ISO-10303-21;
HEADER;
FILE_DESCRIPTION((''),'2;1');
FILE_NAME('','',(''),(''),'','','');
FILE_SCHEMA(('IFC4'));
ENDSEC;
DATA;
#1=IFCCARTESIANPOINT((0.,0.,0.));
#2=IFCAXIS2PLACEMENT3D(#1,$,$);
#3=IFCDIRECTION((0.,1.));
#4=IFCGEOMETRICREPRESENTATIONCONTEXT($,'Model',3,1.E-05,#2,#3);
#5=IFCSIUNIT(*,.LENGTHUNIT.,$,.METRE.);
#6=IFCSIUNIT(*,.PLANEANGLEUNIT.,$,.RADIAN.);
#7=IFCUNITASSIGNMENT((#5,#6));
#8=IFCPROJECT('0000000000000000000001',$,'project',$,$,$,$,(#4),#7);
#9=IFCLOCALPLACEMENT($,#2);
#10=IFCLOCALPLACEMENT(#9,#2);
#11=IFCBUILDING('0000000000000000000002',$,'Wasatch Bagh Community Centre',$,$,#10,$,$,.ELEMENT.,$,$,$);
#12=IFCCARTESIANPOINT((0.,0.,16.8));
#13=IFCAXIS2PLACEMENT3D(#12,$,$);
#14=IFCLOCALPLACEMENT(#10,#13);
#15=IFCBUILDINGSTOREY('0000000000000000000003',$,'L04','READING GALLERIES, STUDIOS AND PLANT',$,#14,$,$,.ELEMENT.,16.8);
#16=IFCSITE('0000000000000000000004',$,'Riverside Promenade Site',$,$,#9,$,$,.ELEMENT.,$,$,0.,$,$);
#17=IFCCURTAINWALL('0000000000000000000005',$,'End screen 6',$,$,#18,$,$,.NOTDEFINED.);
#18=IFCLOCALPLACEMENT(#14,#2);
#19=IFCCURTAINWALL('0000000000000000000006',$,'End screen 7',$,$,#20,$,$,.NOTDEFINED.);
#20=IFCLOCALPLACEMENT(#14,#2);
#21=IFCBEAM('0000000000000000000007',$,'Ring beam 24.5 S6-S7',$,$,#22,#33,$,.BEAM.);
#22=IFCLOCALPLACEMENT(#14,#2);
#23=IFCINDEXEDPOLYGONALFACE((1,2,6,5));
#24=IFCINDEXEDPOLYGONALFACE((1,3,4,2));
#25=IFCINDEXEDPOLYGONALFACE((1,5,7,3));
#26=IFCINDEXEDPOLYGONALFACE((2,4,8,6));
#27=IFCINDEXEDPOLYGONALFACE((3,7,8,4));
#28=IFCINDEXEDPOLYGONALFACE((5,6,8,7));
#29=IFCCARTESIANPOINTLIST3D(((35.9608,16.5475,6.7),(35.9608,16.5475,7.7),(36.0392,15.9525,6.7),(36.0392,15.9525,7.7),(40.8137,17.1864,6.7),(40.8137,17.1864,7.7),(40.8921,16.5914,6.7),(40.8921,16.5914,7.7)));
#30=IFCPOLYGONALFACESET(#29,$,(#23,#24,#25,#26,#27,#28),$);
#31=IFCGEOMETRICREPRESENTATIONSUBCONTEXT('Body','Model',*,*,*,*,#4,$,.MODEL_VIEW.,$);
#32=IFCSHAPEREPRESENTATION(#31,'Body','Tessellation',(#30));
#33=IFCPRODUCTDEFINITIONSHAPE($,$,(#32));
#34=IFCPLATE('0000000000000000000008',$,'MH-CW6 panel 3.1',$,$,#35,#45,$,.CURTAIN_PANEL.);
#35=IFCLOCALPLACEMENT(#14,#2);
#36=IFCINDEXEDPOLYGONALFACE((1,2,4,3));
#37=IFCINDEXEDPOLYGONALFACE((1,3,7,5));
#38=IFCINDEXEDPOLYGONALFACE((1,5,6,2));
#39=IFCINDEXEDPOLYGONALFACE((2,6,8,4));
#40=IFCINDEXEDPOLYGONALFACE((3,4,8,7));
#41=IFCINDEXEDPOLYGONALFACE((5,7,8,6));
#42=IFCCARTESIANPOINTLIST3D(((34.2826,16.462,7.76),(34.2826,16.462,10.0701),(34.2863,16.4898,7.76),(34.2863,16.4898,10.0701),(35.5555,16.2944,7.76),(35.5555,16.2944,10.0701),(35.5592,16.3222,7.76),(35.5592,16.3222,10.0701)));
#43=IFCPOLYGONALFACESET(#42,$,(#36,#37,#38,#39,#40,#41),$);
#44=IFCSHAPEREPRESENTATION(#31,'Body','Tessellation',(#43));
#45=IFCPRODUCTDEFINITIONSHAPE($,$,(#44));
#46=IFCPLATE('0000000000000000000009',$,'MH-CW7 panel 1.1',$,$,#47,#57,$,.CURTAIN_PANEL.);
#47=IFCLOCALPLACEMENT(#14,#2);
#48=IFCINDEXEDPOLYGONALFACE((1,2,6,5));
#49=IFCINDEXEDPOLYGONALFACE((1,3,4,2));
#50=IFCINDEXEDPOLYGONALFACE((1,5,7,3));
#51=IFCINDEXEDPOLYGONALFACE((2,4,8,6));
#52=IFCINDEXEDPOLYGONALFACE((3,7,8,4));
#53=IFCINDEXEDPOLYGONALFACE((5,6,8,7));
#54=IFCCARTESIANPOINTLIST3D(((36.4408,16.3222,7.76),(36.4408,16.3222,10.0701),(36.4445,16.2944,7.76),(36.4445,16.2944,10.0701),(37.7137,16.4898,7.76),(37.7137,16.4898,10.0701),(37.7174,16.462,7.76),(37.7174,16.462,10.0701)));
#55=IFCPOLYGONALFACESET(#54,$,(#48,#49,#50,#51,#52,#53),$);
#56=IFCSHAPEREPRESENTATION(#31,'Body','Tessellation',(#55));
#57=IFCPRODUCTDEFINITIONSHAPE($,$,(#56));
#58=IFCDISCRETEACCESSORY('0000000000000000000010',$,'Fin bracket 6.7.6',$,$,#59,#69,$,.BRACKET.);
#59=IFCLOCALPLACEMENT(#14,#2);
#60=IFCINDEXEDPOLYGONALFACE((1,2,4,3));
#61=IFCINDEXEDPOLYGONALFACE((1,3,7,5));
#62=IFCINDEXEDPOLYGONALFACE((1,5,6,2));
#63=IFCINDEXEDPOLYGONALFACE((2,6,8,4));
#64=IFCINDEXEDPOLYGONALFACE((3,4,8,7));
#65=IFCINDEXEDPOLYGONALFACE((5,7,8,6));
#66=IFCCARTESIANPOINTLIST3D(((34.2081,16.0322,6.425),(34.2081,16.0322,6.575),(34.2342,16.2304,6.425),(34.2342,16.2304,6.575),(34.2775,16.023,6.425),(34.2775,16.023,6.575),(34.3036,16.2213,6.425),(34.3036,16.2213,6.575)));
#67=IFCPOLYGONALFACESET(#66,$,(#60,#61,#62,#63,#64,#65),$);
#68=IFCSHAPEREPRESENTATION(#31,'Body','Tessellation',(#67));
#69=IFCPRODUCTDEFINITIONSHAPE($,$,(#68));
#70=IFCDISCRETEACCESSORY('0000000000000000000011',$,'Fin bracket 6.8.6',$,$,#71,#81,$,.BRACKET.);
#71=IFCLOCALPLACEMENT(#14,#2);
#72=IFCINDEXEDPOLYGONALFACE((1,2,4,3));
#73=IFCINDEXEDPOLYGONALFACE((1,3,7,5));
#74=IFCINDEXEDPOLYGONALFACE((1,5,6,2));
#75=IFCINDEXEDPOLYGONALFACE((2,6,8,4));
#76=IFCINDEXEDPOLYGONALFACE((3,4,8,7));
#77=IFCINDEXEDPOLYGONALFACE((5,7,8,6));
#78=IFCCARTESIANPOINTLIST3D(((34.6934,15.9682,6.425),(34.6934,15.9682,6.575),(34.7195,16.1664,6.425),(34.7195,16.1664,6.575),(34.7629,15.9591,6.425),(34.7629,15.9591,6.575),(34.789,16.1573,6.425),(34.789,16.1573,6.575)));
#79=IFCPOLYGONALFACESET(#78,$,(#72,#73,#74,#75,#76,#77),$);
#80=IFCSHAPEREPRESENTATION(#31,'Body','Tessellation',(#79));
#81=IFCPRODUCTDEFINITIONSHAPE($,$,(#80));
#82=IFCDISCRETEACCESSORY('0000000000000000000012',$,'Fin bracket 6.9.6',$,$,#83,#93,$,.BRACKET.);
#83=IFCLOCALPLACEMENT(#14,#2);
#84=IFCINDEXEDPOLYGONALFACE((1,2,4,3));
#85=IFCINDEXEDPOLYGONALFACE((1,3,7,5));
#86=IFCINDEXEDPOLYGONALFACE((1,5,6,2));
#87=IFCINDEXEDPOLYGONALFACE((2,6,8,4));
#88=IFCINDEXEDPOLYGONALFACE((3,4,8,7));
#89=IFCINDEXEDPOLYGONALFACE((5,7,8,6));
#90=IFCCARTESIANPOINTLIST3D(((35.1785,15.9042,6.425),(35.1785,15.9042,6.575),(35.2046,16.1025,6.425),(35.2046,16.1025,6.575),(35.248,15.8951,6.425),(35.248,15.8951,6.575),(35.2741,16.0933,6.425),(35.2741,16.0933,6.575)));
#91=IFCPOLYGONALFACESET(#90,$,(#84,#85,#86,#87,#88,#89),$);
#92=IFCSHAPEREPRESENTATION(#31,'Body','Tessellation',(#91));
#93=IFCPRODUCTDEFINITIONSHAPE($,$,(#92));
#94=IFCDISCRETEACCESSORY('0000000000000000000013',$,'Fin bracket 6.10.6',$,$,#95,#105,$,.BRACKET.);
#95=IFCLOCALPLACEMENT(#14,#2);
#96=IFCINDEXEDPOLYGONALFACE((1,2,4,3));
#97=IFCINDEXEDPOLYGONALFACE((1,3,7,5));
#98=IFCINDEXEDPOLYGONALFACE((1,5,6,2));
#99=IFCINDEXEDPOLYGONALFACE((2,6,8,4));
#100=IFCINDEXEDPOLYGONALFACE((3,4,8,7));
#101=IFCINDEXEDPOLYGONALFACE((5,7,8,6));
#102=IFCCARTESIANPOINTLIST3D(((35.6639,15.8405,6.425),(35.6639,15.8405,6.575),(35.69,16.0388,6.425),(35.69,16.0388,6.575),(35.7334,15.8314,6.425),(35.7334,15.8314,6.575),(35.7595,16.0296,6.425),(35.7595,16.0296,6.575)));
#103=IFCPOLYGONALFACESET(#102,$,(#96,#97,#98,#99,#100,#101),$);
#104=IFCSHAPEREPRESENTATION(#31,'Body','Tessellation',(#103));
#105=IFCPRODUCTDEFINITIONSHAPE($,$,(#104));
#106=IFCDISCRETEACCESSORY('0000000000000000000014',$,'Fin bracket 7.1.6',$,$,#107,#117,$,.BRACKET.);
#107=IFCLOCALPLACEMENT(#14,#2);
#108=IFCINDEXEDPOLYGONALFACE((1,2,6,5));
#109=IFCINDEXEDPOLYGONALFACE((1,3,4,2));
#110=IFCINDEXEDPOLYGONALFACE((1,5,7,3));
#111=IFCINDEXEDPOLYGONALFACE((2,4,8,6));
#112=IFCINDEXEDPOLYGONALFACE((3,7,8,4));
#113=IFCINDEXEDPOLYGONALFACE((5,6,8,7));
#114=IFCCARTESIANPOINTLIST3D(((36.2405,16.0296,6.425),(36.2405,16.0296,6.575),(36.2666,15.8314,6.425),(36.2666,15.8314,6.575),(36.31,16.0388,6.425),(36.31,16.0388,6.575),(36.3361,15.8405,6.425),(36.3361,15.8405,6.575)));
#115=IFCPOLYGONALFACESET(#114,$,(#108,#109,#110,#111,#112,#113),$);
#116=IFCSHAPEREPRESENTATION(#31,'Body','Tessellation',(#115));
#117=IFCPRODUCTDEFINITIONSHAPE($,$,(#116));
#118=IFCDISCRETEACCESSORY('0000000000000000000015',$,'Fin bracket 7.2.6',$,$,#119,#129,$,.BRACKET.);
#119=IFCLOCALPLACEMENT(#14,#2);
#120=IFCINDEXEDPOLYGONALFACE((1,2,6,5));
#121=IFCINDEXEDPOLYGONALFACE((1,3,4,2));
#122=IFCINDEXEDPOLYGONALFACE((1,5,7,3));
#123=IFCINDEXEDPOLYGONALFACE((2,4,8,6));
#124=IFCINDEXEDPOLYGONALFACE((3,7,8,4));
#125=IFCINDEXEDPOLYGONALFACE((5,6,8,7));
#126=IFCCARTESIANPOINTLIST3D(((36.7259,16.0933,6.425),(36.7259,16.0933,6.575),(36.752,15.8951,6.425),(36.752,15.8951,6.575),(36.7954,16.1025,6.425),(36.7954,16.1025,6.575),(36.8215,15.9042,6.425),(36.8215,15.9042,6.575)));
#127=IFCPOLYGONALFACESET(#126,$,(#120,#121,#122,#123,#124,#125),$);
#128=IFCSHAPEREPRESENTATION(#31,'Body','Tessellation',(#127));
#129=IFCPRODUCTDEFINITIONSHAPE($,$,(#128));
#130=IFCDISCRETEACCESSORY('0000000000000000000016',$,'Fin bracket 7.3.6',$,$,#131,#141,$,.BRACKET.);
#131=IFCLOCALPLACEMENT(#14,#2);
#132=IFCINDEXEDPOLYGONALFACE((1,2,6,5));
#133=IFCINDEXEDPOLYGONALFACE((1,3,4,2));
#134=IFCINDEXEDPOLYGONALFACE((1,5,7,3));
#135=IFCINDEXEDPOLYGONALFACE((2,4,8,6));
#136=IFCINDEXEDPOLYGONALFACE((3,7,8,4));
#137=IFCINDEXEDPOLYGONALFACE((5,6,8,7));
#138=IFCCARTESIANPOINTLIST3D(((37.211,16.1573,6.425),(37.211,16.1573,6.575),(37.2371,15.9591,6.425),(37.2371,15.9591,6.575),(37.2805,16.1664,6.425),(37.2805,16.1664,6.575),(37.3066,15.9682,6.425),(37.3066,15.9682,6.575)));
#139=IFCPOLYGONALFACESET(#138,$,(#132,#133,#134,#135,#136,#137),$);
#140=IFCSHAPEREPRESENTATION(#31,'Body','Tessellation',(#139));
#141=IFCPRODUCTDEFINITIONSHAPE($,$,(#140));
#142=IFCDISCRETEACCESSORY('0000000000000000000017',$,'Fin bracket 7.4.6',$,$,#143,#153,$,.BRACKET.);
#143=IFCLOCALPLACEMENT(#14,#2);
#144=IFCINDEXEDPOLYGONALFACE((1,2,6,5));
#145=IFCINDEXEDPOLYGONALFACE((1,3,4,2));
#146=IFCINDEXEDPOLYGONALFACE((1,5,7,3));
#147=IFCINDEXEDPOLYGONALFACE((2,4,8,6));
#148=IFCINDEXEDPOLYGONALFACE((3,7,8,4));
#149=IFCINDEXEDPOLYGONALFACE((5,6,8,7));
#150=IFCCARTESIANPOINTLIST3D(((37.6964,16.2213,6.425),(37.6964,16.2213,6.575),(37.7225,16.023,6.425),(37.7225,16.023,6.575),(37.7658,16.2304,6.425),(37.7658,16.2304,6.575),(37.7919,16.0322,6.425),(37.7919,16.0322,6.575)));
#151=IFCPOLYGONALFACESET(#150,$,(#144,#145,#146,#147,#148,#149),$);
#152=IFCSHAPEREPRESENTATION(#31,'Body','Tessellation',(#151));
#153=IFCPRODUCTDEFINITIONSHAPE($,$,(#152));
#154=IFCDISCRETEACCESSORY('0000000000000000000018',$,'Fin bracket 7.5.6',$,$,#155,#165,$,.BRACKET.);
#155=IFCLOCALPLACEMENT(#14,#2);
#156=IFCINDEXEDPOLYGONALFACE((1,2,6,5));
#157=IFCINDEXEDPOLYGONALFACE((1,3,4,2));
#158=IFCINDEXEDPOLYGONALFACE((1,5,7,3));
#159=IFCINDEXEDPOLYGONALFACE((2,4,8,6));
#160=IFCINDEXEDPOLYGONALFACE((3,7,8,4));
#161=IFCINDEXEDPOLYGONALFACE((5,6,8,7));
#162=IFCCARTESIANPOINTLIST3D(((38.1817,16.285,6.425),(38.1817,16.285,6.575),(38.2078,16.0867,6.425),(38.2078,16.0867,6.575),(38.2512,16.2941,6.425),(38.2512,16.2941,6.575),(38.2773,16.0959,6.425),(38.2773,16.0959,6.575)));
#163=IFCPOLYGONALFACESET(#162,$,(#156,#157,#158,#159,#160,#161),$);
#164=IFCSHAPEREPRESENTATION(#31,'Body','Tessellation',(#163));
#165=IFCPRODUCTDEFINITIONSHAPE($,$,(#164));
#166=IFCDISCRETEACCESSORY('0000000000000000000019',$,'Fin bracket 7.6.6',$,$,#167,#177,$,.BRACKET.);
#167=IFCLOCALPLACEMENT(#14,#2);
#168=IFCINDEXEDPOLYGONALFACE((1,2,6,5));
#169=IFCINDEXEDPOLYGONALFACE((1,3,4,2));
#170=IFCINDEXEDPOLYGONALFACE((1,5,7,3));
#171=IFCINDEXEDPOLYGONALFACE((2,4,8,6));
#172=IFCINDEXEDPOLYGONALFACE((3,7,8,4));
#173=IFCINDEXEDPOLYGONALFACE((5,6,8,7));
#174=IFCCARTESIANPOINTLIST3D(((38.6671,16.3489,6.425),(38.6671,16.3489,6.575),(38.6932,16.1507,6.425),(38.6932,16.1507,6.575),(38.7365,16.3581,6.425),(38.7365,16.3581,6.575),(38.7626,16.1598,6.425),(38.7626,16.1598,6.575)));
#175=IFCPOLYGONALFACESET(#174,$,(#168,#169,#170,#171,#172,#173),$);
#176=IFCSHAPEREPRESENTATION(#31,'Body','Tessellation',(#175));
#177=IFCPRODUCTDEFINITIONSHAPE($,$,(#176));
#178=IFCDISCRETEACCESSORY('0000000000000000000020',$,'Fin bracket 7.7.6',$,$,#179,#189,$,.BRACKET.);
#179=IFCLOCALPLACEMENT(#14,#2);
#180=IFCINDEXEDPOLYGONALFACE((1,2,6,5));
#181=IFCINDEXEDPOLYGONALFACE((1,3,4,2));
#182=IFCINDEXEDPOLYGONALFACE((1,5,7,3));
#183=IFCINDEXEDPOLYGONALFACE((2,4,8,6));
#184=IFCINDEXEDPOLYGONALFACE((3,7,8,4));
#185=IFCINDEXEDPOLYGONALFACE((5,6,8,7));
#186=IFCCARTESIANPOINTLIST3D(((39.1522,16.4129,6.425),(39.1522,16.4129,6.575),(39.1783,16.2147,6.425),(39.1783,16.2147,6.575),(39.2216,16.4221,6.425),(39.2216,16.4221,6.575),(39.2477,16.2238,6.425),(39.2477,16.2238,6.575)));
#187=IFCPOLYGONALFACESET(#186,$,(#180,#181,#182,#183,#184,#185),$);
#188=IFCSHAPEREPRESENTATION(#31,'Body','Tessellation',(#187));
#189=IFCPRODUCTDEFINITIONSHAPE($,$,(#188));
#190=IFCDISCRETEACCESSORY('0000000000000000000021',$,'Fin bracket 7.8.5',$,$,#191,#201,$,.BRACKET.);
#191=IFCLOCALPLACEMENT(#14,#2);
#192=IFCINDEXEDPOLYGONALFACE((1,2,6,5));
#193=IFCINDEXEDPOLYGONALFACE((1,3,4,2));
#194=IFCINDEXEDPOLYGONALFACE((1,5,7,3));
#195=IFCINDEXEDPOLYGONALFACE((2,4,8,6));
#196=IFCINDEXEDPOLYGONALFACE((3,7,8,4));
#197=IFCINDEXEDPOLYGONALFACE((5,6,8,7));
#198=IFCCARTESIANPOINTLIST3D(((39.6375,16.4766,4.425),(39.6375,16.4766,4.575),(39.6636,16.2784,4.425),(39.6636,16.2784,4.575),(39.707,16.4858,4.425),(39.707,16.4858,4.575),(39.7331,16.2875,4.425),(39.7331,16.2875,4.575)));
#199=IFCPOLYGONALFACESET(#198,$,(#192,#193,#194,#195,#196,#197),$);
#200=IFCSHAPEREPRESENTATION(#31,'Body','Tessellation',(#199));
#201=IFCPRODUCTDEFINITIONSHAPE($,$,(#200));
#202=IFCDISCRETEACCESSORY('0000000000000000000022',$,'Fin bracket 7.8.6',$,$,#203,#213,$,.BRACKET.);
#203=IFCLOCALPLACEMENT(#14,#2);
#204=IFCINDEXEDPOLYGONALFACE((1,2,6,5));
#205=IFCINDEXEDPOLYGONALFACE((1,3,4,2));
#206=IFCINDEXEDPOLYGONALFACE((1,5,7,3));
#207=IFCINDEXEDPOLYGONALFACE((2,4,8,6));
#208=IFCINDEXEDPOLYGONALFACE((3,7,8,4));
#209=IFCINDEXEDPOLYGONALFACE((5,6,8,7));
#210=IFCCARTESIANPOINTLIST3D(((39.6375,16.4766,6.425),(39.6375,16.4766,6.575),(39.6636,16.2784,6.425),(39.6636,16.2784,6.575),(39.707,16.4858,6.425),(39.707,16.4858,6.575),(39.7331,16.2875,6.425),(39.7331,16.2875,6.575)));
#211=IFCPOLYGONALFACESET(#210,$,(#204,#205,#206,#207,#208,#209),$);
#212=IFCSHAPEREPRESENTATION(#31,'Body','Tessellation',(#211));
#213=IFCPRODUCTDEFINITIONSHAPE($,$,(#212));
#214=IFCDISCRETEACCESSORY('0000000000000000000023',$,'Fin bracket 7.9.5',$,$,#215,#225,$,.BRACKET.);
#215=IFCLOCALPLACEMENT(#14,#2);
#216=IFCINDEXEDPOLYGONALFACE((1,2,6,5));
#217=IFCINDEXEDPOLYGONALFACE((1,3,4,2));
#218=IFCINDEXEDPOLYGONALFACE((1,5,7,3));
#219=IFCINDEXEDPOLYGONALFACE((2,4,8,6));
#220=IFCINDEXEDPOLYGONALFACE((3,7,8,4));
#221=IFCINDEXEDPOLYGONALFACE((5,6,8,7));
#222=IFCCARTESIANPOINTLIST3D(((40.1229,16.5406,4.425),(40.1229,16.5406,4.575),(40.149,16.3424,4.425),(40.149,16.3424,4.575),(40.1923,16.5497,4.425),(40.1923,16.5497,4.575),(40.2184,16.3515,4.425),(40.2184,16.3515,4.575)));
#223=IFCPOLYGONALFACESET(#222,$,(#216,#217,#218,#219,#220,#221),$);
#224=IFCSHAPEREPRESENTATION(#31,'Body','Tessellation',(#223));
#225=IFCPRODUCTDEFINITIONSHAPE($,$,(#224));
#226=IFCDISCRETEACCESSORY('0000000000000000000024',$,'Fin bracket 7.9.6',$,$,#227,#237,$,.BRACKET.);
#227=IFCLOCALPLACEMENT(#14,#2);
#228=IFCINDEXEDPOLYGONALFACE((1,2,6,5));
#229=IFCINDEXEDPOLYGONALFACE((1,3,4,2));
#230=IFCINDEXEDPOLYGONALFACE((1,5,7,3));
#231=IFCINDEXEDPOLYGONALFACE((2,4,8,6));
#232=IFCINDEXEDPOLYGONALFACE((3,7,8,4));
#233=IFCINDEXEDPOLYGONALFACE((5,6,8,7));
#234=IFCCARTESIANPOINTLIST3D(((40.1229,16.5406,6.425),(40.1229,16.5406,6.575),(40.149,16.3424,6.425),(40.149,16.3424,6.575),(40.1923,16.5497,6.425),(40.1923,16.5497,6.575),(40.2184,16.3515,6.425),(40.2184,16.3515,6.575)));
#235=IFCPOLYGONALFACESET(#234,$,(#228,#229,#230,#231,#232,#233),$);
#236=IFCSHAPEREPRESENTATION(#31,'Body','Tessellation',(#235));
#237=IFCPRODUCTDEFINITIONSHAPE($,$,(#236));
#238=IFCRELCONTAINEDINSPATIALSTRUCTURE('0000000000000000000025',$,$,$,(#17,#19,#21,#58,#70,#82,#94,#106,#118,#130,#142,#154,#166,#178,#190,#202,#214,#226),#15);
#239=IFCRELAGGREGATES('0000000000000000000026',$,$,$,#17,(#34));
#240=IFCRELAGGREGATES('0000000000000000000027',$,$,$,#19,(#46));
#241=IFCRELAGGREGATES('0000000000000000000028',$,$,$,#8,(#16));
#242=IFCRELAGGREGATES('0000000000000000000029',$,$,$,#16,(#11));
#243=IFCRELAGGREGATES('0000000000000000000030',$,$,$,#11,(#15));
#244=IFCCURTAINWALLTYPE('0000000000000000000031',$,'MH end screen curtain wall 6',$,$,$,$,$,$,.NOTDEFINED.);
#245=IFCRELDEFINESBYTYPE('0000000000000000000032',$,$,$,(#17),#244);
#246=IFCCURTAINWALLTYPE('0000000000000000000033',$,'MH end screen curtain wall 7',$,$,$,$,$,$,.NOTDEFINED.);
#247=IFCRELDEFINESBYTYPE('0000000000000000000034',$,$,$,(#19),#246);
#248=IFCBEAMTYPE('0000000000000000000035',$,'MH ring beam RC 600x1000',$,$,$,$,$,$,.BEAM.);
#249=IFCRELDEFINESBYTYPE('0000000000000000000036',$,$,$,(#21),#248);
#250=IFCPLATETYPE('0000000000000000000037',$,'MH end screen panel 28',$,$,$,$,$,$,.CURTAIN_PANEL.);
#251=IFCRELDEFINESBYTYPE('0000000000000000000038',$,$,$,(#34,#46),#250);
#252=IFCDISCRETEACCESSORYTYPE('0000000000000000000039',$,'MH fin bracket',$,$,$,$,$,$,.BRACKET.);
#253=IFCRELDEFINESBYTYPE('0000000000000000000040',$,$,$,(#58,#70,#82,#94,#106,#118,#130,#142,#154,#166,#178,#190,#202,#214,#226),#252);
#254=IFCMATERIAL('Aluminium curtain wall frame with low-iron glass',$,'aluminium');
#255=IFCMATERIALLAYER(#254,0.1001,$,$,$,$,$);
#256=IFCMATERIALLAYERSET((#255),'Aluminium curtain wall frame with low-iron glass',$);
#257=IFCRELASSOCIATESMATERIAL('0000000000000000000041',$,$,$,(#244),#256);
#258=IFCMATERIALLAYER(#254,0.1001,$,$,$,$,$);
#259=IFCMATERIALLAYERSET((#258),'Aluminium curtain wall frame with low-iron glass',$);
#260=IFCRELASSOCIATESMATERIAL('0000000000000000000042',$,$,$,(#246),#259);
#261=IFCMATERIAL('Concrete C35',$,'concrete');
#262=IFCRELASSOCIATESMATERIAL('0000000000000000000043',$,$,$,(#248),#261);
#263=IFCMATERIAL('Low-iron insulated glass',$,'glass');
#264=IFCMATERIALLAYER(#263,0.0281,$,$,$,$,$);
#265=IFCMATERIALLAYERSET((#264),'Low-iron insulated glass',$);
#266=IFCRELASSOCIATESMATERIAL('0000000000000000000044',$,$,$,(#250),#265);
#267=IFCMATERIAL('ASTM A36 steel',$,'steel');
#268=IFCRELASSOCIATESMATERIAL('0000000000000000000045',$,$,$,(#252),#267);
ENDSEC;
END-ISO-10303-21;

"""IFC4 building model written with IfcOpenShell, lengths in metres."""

from ifc_helpers import new_model, si_unit, direction, frame, origin, origin_2d, place, context, subcontext, project, spatial, rectangle, extrude, material, layer, layer_set, material_profile, profile_set, type_object, element, aggregate, save


model = new_model("IFC4")

# Units and contexts
model_context = context("Model", 3, precision=1e-05, world=origin(), true_north=direction((0.0, 1.0)))
body_context = subcontext(model_context, "Body", "Model", "MODEL_VIEW")
ifc_project = project(units=[si_unit("LENGTHUNIT", "METRE"), si_unit("PLANEANGLEUNIT", "RADIAN")], contexts=[model_context])

# Site, building, storey
site_placement = place(None, origin())
site = spatial("IfcSite", under=ifc_project, at=site_placement, Name="Riverside Promenade Site", CompositionType="ELEMENT", RefElevation=0.0)
building_placement = place(site_placement, origin())
building = spatial("IfcBuilding", under=site, at=building_placement, Name="Wasatch Bagh Community Centre", CompositionType="ELEMENT")
storey_placement = place(building_placement, frame((0.0, 0.0, 16.8)))
storey = spatial("IfcBuildingStorey", under=building, at=storey_placement, Name="L04", Description="READING GALLERIES, STUDIOS AND PLANT", CompositionType="ELEMENT", Elevation=16.8)

# Curtain walls
ifc_material_1 = material(Name="Aluminium curtain wall frame with low-iron glass", Category="aluminium")
ifc_layer_1 = layer(ifc_material_1, 0.1001)
ifc_layer_set_1 = layer_set([ifc_layer_1], Name="Aluminium curtain wall frame with low-iron glass")
curtain_wall_type_1 = type_object("IfcCurtainWallType", Name="MH end screen curtain wall 6", PredefinedType="NOTDEFINED", material=ifc_layer_set_1)
curtain_wall_1_placement = place(storey_placement, origin())
curtain_wall_1 = element("IfcCurtainWall", 1, at=curtain_wall_1_placement, inside=storey, type_object=curtain_wall_type_1, Name="End screen 6", PredefinedType="NOTDEFINED")
ifc_layer_2 = layer(ifc_material_1, 0.1001)
ifc_layer_set_2 = layer_set([ifc_layer_2], Name="Aluminium curtain wall frame with low-iron glass")
curtain_wall_type_2 = type_object("IfcCurtainWallType", Name="MH end screen curtain wall 7", PredefinedType="NOTDEFINED", material=ifc_layer_set_2)
curtain_wall_2_placement = place(storey_placement, origin())
curtain_wall_2 = element("IfcCurtainWall", 2, at=curtain_wall_2_placement, inside=storey, type_object=curtain_wall_type_2, Name="End screen 7", PredefinedType="NOTDEFINED")

# Beam
ifc_material_2 = material(Name="Concrete C35", Category="concrete")
ifc_material_profile_1 = material_profile(ifc_material_2, rectangle(XDim=0.6001, YDim=1.0, at=origin_2d()), Name="RC 600x1000")
ifc_profile_set_1 = profile_set([ifc_material_profile_1], Name="Concrete C35")
beam_type = type_object("IfcBeamType", Name="MH ring beam RC 600x1000", PredefinedType="BEAM", material=ifc_profile_set_1)
beam_placement = place(storey_placement, frame((36.0, 16.25, 7.2), z_axis=(0.991444, 0.130533, 0.0), x_axis=(-0.130533, 0.991444, 0.0)))
element("IfcBeam", 3, at=beam_placement, inside=storey, type_object=beam_type, Name="Ring beam 24.5 S6-S7", PredefinedType="BEAM", context=body_context, shape_type="SweptSolid", body=[
    extrude(rectangle(XDim=0.6001, YDim=1.0, at=origin_2d()), origin(), (0.0, 0.0, 1.0), 4.8948),
])

# Plates
ifc_material_3 = material(Name="Low-iron insulated glass", Category="glass")
ifc_layer_3 = layer(ifc_material_3, 0.0281)
ifc_layer_set_3 = layer_set([ifc_layer_3], Name="Low-iron insulated glass")
plate_type = type_object("IfcPlateType", Name="MH end screen panel 28", PredefinedType="CURTAIN_PANEL", material=ifc_layer_set_3)
plate_1_placement = place(storey_placement, frame((34.9209, 16.3921, 7.76), z_axis=(0.0, 0.0, 1.0), x_axis=(0.991445, -0.130526, 0.0)))
plate_1 = element("IfcPlate", 4, at=plate_1_placement, type_object=plate_type, Name="MH-CW6 panel 3.1", PredefinedType="CURTAIN_PANEL", context=body_context, shape_type="SweptSolid", body=[
    extrude(rectangle(XDim=1.2839, YDim=0.0281, at=origin_2d()), origin(), (0.0, 0.0, 1.0), 2.3101),
])
aggregate(curtain_wall_1, [plate_1])
plate_2_placement = place(storey_placement, frame((37.0791, 16.3921, 7.76), z_axis=(0.0, 0.0, 1.0), x_axis=(0.991445, 0.130526, 0.0)))
plate_2 = element("IfcPlate", 5, at=plate_2_placement, type_object=plate_type, Name="MH-CW7 panel 1.1", PredefinedType="CURTAIN_PANEL", context=body_context, shape_type="SweptSolid", body=[
    extrude(rectangle(XDim=1.2839, YDim=0.0281, at=origin_2d()), origin(), (0.0, 0.0, 1.0), 2.3101),
])
aggregate(curtain_wall_2, [plate_2])

# Discrete accessories
ifc_material_4 = material(Name="ASTM A36 steel", Category="steel")
discrete_accessory_type = type_object("IfcDiscreteAccessoryType", Name="MH fin bracket", PredefinedType="BRACKET", material=ifc_material_4)
for number, where, z_axis, x_axis, name in (
    (6, (34.2559, 16.1267, 6.425), (0.0, 0.0, 1.0), (0.991445, -0.130526, 0.0), "Fin bracket 6.7.6"),
    (7, (34.7412, 16.0627, 6.425), (0.0, 0.0, 1.0), (0.991445, -0.130526, 0.0), "Fin bracket 6.8.6"),
    (8, (35.2263, 15.9988, 6.425), (0.0, 0.0, 1.0), (0.991445, -0.130526, 0.0), "Fin bracket 6.9.6"),
    (9, (35.7117, 15.9351, 6.425), (0.0, 0.0, 1.0), (0.991445, -0.130526, 0.0), "Fin bracket 6.10.6"),
    (10, (36.2883, 15.9351, 6.425), (0.0, 0.0, 1.0), (0.991445, 0.130526, 0.0), "Fin bracket 7.1.6"),
    (11, (36.7737, 15.9988, 6.425), (0.0, 0.0, 1.0), (0.991445, 0.130526, 0.0), "Fin bracket 7.2.6"),
    (12, (37.2588, 16.0627, 6.425), (0.0, 0.0, 1.0), (0.991445, 0.130526, 0.0), "Fin bracket 7.3.6"),
    (13, (37.7441, 16.1267, 6.425), (0.0, 0.0, 1.0), (0.991445, 0.130526, 0.0), "Fin bracket 7.4.6"),
    (14, (38.2295, 16.1904, 6.425), (0.0, 0.0, 1.0), (0.991445, 0.130526, 0.0), "Fin bracket 7.5.6"),
    (15, (38.7148, 16.2544, 6.425), (0.0, 0.0, 1.0), (0.991445, 0.130526, 0.0), "Fin bracket 7.6.6"),
    (16, (39.2, 16.3184, 6.425), (0.0, 0.0, 1.0), (0.991445, 0.130526, 0.0), "Fin bracket 7.7.6"),
    (17, (39.6853, 16.3821, 4.425), (0.0, 0.0, 1.0), (0.991445, 0.130526, 0.0), "Fin bracket 7.8.5"),
    (18, (39.6853, 16.3821, 6.425), (0.0, 0.0, 1.0), (0.991445, 0.130526, 0.0), "Fin bracket 7.8.6"),
    (19, (40.1707, 16.446, 4.425), (0.0, 0.0, 1.0), (0.991445, 0.130526, 0.0), "Fin bracket 7.9.5"),
    (20, (40.1707, 16.446, 6.425), (0.0, 0.0, 1.0), (0.991445, 0.130526, 0.0), "Fin bracket 7.9.6"),
):
    element("IfcDiscreteAccessory", number, at=place(storey_placement, frame(where, z_axis=z_axis, x_axis=x_axis)), inside=storey, type_object=discrete_accessory_type, Name=name, PredefinedType="BRACKET", context=body_context, shape_type="SweptSolid", body=[
        extrude(rectangle(XDim=0.0701, YDim=0.2, at=origin_2d()), origin(), (0.0, 0.0, 1.0), 0.1499),
    ])

save(model, "model.ifc")
